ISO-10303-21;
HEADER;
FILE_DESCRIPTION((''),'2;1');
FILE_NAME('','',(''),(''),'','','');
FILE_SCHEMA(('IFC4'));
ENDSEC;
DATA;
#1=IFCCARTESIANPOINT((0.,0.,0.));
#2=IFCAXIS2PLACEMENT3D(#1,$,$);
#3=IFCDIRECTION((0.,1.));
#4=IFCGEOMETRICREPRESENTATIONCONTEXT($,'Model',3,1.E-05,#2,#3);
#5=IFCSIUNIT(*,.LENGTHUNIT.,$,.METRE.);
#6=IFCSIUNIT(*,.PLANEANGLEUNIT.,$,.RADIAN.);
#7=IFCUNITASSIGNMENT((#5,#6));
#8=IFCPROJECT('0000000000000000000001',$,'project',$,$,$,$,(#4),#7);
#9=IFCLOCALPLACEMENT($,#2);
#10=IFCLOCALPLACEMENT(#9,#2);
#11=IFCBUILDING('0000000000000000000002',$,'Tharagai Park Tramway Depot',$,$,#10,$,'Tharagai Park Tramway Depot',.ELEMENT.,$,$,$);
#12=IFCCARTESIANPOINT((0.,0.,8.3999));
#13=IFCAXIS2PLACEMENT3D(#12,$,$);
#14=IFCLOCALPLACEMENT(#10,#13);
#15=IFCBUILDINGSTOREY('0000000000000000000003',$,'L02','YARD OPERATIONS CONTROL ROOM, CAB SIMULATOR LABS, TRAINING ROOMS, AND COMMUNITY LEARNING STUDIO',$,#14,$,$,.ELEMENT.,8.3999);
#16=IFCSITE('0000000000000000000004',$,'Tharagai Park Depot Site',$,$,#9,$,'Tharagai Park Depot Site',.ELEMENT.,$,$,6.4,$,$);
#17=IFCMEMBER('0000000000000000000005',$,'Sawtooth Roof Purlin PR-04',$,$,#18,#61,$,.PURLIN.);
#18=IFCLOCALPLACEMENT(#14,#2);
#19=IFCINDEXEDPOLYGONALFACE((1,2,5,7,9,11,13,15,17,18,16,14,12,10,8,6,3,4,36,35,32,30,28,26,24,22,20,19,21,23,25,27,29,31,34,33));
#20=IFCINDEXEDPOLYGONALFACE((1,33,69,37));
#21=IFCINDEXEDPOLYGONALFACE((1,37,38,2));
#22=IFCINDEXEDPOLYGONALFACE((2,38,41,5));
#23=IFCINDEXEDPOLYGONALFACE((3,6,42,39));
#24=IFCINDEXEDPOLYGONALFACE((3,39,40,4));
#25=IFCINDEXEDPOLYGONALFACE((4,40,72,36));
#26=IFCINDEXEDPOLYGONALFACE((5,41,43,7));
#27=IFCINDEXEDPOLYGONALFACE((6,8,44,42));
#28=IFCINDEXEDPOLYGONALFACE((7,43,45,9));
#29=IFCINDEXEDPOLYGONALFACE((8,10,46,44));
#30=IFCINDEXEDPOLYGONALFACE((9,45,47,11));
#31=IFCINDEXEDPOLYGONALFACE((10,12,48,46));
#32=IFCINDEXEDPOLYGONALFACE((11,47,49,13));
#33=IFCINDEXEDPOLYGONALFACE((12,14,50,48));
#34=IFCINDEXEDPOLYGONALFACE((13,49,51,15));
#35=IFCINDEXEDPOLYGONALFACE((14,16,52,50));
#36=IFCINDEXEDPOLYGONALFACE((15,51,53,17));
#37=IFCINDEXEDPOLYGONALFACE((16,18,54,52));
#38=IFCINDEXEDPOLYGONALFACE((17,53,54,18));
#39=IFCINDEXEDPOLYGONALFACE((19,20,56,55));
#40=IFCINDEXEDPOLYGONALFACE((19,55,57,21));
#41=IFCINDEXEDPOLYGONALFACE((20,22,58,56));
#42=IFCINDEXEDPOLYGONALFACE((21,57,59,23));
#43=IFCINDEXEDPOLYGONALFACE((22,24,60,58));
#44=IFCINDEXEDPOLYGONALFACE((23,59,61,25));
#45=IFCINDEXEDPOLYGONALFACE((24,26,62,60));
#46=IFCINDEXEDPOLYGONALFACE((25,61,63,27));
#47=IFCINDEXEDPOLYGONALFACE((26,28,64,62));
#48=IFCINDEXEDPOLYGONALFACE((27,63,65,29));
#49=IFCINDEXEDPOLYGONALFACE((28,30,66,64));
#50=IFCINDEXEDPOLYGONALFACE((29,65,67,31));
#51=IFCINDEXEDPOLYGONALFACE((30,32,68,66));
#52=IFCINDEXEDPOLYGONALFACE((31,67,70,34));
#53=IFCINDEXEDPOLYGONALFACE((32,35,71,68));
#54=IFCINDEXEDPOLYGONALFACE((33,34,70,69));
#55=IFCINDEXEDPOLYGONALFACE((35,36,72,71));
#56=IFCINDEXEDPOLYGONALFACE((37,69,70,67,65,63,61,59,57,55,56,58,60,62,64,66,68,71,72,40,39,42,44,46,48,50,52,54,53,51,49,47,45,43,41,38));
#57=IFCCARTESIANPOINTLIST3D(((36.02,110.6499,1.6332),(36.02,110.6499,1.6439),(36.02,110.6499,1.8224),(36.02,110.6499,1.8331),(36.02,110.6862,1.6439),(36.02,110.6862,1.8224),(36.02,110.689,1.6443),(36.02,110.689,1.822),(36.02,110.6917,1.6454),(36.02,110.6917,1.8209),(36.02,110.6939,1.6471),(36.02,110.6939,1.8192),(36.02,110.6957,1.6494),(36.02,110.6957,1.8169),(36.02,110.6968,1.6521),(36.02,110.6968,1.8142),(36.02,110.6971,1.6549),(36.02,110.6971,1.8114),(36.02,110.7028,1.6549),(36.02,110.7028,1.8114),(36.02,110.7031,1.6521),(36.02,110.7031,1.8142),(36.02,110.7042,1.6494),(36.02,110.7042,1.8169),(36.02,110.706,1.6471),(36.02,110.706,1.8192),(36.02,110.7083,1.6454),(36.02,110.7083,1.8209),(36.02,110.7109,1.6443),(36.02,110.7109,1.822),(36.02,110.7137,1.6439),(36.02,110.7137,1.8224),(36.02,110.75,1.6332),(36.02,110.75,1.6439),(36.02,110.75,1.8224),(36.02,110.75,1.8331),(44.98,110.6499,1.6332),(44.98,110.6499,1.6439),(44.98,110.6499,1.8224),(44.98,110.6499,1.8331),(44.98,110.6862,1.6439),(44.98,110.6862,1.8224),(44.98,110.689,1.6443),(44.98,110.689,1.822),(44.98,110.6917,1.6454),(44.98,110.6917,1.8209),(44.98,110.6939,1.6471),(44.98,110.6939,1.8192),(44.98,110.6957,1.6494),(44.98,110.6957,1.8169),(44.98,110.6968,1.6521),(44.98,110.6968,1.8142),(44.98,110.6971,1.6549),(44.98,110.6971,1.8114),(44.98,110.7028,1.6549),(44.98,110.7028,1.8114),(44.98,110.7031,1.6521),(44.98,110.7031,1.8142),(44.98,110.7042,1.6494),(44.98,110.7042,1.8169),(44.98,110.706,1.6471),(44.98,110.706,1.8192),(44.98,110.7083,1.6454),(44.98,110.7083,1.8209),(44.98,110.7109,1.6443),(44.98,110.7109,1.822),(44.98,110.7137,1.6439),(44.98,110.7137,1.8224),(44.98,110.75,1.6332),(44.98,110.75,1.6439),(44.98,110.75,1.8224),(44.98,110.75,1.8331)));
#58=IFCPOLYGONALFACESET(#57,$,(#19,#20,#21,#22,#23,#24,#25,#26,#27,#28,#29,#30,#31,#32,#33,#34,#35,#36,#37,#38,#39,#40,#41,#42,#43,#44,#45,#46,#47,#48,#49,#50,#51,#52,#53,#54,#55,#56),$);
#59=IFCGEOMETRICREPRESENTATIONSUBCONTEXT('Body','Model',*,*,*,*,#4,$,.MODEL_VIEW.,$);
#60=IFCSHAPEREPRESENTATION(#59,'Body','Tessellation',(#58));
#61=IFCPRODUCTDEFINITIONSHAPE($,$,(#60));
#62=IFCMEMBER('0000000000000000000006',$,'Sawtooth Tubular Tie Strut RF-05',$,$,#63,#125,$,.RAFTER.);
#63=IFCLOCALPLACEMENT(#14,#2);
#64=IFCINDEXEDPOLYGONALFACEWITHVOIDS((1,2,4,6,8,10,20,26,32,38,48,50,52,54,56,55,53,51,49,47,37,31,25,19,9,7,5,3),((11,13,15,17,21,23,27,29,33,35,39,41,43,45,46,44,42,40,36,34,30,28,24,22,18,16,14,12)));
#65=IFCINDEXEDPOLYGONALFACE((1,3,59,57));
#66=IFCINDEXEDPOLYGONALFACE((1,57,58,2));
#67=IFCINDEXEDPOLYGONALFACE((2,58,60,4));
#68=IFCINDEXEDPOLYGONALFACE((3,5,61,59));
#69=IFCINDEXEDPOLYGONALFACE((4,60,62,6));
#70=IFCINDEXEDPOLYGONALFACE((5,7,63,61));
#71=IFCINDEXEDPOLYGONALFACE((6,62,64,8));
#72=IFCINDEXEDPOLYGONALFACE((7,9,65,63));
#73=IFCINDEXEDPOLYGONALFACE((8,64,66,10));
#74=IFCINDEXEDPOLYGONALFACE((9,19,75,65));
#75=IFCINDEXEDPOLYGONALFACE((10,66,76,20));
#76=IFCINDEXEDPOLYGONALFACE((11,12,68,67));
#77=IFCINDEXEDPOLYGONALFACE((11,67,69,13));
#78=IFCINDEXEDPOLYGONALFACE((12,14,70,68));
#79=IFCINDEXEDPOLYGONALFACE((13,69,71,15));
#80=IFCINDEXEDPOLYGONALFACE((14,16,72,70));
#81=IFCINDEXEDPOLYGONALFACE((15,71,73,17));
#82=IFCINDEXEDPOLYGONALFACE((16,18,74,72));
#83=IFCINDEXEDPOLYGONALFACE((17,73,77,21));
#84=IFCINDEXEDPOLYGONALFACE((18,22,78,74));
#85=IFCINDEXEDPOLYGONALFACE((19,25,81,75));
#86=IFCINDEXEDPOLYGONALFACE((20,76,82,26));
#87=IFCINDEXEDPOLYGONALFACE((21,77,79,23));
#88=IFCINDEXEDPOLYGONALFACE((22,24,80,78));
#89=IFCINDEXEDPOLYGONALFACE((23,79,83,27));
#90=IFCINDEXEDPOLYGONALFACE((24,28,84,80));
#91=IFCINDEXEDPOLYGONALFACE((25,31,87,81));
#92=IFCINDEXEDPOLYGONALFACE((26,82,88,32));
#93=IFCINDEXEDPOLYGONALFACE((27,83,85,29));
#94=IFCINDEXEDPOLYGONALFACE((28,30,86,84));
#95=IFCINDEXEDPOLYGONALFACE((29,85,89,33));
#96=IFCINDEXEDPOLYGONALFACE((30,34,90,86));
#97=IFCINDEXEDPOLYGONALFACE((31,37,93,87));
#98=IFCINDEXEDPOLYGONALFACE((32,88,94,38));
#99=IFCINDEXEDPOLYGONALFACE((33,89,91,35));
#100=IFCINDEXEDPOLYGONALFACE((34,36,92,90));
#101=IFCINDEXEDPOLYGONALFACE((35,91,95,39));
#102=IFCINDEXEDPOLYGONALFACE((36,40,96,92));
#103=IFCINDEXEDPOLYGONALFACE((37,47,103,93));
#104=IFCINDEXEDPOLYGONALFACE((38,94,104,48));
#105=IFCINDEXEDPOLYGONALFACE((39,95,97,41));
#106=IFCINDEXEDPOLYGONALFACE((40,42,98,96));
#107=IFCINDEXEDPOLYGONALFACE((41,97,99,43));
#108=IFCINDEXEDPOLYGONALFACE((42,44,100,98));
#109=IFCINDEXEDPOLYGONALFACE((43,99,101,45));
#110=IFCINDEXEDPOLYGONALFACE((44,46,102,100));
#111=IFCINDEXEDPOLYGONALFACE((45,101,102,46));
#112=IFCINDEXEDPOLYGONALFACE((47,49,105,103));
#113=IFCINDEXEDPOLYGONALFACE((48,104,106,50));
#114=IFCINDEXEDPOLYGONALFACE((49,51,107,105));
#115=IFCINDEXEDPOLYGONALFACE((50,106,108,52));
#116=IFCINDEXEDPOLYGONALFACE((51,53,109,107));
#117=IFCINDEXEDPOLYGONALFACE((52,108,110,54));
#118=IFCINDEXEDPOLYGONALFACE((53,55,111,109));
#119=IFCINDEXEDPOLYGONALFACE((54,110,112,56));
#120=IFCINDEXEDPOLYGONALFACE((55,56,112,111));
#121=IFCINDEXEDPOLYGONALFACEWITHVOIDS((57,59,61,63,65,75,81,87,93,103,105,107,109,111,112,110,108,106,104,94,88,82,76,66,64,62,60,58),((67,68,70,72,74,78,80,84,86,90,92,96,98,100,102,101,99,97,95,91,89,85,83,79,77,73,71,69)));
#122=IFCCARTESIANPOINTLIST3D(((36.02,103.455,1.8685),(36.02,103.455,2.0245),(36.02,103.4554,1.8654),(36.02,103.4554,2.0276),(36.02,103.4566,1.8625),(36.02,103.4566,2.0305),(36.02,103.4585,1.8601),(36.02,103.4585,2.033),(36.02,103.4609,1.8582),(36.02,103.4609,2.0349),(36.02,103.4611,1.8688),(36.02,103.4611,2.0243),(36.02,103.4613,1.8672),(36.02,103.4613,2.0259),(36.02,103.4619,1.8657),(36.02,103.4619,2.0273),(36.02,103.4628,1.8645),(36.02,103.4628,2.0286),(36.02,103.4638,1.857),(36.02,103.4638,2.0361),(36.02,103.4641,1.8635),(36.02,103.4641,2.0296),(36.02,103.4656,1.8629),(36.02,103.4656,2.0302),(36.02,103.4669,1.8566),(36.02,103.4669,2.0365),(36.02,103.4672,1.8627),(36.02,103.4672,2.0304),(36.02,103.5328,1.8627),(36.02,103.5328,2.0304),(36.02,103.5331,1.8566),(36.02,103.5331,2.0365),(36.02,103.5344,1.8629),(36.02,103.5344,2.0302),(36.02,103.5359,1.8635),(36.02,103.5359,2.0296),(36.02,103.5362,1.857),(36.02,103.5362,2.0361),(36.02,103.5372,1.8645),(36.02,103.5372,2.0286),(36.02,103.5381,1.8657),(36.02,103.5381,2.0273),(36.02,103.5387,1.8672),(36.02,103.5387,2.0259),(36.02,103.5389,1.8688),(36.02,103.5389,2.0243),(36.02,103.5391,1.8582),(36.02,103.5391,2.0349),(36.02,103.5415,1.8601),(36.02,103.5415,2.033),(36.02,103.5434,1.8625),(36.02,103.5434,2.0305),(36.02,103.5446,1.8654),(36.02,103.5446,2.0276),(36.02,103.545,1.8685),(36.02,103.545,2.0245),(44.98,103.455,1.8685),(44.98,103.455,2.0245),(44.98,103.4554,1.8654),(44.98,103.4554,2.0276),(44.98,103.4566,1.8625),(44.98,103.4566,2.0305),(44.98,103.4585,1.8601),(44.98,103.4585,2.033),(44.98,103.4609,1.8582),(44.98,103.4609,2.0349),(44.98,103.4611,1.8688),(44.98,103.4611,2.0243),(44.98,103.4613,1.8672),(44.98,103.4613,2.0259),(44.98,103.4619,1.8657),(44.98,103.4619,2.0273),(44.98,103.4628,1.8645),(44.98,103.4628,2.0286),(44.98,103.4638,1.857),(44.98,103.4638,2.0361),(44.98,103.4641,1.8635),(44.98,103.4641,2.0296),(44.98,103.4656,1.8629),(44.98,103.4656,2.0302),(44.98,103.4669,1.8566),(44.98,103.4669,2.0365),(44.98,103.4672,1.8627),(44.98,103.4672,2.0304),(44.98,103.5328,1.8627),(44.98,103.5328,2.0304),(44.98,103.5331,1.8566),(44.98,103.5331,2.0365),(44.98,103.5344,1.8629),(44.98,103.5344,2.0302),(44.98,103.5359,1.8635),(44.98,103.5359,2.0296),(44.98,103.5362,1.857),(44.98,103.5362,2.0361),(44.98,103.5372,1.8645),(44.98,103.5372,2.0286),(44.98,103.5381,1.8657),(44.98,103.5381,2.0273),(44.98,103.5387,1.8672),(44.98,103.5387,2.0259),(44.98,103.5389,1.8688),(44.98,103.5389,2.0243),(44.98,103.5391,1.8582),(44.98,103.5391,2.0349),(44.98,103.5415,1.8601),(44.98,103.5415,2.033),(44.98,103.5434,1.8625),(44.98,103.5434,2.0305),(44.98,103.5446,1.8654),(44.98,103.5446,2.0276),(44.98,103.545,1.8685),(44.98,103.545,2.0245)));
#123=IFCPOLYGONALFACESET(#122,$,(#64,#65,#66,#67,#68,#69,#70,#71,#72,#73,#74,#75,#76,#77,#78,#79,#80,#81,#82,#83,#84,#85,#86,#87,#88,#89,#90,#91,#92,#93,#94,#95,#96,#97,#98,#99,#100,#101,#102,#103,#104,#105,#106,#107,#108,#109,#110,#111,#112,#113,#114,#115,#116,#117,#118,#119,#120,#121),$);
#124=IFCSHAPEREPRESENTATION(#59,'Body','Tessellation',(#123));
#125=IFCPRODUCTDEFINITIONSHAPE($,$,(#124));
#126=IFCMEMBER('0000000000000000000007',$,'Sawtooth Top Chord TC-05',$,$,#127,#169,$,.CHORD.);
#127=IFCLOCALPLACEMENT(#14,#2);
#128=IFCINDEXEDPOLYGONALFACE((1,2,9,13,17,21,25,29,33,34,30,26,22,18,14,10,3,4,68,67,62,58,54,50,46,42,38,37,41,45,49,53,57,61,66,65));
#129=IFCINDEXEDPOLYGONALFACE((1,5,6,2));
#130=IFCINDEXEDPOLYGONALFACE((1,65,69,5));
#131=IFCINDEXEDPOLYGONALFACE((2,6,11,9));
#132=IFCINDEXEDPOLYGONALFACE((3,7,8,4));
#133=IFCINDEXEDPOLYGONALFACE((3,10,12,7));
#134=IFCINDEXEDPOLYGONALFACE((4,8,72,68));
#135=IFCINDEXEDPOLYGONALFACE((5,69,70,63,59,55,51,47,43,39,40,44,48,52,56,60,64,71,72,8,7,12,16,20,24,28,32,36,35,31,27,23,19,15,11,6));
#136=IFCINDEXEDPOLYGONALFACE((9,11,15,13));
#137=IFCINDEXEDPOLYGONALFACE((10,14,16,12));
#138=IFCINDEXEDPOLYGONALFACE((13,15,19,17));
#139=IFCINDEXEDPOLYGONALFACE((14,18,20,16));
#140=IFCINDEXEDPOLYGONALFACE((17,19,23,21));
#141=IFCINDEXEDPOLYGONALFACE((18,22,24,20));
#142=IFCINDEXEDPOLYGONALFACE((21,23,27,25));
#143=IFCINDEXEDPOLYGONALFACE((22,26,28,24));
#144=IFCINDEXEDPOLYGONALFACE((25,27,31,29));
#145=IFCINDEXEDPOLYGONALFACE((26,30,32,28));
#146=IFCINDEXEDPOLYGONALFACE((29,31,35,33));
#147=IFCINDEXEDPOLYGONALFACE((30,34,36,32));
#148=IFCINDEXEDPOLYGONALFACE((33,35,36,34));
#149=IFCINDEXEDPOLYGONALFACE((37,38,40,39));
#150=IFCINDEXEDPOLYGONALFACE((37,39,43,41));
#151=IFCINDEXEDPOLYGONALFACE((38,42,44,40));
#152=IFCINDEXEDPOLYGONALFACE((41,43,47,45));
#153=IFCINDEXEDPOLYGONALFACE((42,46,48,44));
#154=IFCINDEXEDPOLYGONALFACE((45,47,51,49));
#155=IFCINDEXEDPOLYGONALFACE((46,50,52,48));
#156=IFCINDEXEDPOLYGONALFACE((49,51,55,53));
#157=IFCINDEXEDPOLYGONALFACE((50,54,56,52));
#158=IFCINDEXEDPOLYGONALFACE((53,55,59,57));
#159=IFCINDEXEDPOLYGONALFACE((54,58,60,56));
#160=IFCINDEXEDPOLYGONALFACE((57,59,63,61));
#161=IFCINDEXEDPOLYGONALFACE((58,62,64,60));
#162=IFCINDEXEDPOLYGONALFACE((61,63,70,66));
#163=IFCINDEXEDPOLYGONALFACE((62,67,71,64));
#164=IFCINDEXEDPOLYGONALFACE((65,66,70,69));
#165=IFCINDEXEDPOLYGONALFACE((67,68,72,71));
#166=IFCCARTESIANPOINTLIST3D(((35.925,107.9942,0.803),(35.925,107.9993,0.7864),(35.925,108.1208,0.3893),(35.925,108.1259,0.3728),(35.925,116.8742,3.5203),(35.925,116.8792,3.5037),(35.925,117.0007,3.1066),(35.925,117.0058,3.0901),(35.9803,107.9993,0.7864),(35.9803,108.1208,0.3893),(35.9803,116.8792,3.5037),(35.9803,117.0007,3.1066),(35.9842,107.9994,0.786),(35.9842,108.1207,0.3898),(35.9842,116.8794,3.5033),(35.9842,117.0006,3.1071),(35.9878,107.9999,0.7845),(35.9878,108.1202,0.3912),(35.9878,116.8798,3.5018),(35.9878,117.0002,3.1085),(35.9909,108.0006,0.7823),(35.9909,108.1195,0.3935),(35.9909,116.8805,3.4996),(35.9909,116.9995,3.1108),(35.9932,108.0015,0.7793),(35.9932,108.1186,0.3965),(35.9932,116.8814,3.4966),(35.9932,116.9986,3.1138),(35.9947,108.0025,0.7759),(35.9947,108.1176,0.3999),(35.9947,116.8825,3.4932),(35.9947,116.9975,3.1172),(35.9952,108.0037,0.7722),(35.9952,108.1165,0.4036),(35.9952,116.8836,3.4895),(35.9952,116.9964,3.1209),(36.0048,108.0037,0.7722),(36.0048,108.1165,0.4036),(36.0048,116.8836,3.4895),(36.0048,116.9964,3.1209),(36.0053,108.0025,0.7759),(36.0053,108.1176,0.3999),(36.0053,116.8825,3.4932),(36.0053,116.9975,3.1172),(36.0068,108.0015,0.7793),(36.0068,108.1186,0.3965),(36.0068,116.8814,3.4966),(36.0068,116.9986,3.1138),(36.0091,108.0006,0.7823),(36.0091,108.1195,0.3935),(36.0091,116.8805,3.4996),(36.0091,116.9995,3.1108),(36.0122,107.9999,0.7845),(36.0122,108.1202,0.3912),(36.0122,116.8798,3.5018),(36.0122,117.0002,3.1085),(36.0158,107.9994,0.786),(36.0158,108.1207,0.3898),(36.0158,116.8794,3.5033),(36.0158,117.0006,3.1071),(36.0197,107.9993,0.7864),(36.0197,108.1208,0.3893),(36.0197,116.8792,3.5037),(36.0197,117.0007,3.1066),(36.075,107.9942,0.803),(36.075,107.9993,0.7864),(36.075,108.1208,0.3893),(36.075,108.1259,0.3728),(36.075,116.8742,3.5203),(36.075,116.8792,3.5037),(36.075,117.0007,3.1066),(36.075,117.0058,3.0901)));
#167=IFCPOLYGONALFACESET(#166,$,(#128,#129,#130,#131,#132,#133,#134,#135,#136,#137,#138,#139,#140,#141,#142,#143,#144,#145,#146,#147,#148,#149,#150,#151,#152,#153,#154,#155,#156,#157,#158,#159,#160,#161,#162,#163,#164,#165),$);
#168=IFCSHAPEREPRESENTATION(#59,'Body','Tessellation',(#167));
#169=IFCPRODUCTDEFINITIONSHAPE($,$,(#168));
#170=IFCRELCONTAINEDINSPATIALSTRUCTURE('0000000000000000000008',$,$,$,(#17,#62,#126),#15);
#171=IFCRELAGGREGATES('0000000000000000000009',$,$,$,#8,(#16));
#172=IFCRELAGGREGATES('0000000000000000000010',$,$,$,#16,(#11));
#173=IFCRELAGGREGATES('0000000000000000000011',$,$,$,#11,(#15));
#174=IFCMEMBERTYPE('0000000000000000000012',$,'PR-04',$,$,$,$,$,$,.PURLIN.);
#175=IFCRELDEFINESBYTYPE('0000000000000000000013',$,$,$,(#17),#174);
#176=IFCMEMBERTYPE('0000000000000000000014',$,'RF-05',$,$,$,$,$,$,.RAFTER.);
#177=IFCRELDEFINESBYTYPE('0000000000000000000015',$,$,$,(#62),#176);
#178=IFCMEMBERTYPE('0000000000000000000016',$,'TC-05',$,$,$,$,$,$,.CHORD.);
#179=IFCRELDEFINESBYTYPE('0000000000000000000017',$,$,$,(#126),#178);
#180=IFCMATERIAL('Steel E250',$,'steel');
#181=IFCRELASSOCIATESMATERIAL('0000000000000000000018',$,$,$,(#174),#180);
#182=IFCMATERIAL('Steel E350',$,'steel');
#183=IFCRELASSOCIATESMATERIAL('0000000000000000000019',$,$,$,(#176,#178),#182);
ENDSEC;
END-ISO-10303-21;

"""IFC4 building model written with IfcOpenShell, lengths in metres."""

from ifc_helpers import new_model, si_unit, direction, frame, origin, origin_2d, place, context, subcontext, project, spatial, hollow_rectangle, i_section, extrude, material, material_profile, profile_set, type_object, element, save


model = new_model("IFC4")

# Units and contexts
model_context = context("Model", 3, precision=1e-05, world=origin(), true_north=direction((0.0, 1.0)))
body_context = subcontext(model_context, "Body", "Model", "MODEL_VIEW")
ifc_project = project(units=[si_unit("LENGTHUNIT", "METRE"), si_unit("PLANEANGLEUNIT", "RADIAN")], contexts=[model_context])

# Site, building, storey
site_placement = place(None, origin())
site = spatial("IfcSite", under=ifc_project, at=site_placement, Name="Tharagai Park Depot Site", LongName="Tharagai Park Depot Site", CompositionType="ELEMENT", RefElevation=6.4)
building_placement = place(site_placement, origin())
building = spatial("IfcBuilding", under=site, at=building_placement, Name="Tharagai Park Tramway Depot", LongName="Tharagai Park Tramway Depot", CompositionType="ELEMENT")
storey_placement = place(building_placement, frame((0.0, 0.0, 8.3999)))
storey = spatial("IfcBuildingStorey", under=building, at=storey_placement, Name="L02", Description="YARD OPERATIONS CONTROL ROOM, CAB SIMULATOR LABS, TRAINING ROOMS, AND COMMUNITY LEARNING STUDIO", CompositionType="ELEMENT", Elevation=8.3999)

# Shared definitions
ifc_material_1 = material(Name="Steel E350", Category="steel")

# Members
ifc_material_2 = material(Name="Steel E250", Category="steel")
ifc_material_profile_1 = material_profile(ifc_material_2, i_section(OverallWidth=0.1001, OverallDepth=0.2, WebThickness=0.0056, FlangeThickness=0.0107, FilletRadius=0.011, at=origin_2d()), Name="ISMB 200")
ifc_profile_set_1 = profile_set([ifc_material_profile_1], Name="Steel E250")
member_type_1 = type_object("IfcMemberType", Name="PR-04", PredefinedType="PURLIN", material=ifc_profile_set_1)
member_1_placement = place(storey_placement, frame((36.02, 110.7, 1.7332), z_axis=(1.0, 0.0, 0.0), x_axis=(0.0, 1.0, 0.0)))
element("IfcMember", 1, at=member_1_placement, inside=storey, type_object=member_type_1, Name="Sawtooth Roof Purlin PR-04", PredefinedType="PURLIN", context=body_context, shape_type="SweptSolid", body=[
    extrude(i_section(OverallWidth=0.1001, OverallDepth=0.2, WebThickness=0.0056, FlangeThickness=0.0107, FilletRadius=0.011, at=origin_2d()), origin(), (0.0, 0.0, 1.0), 8.96),
])
ifc_material_profile_2 = material_profile(ifc_material_1, hollow_rectangle(XDim=0.0901, YDim=0.1799, WallThickness=0.0061, InnerFilletRadius=0.0061, OuterFilletRadius=0.012, at=origin_2d()), Name="RHS 180x90x6")
ifc_profile_set_2 = profile_set([ifc_material_profile_2], Name="Steel E350")
member_type_2 = type_object("IfcMemberType", Name="RF-05", PredefinedType="RAFTER", material=ifc_profile_set_2)
member_2_placement = place(storey_placement, frame((36.02, 103.5, 1.9465), z_axis=(1.0, 0.0, 0.0), x_axis=(0.0, 1.0, 0.0)))
element("IfcMember", 2, at=member_2_placement, inside=storey, type_object=member_type_2, Name="Sawtooth Tubular Tie Strut RF-05", PredefinedType="RAFTER", context=body_context, shape_type="SweptSolid", body=[
    extrude(hollow_rectangle(XDim=0.0901, YDim=0.1799, WallThickness=0.0061, InnerFilletRadius=0.0061, OuterFilletRadius=0.012, at=origin_2d()), origin(), (0.0, 0.0, 1.0), 8.96),
])
ifc_material_profile_3 = material_profile(ifc_material_1, i_section(OverallWidth=0.1499, OverallDepth=0.45, WebThickness=0.0095, FlangeThickness=0.0173, FilletRadius=0.0149, at=origin_2d()), Name="ISMB 450")
ifc_profile_set_3 = profile_set([ifc_material_profile_3], Name="Steel E350")
member_type_3 = type_object("IfcMemberType", Name="TC-05", PredefinedType="CHORD", material=ifc_profile_set_3)
member_3_placement = place(storey_placement, frame((36.0, 108.0601, 0.5879), z_axis=(0.0, 0.956231, 0.292611), x_axis=(-1.0, 0.0, 0.0)))
element("IfcMember", 3, at=member_3_placement, inside=storey, type_object=member_type_3, Name="Sawtooth Top Chord TC-05", PredefinedType="CHORD", context=body_context, shape_type="SweptSolid", body=[
    extrude(i_section(OverallWidth=0.1499, OverallDepth=0.45, WebThickness=0.0095, FlangeThickness=0.0173, FilletRadius=0.0149, at=origin_2d()), origin(), (0.0, 0.0, 1.0), 9.2864),
])

save(model, "model.ifc")
